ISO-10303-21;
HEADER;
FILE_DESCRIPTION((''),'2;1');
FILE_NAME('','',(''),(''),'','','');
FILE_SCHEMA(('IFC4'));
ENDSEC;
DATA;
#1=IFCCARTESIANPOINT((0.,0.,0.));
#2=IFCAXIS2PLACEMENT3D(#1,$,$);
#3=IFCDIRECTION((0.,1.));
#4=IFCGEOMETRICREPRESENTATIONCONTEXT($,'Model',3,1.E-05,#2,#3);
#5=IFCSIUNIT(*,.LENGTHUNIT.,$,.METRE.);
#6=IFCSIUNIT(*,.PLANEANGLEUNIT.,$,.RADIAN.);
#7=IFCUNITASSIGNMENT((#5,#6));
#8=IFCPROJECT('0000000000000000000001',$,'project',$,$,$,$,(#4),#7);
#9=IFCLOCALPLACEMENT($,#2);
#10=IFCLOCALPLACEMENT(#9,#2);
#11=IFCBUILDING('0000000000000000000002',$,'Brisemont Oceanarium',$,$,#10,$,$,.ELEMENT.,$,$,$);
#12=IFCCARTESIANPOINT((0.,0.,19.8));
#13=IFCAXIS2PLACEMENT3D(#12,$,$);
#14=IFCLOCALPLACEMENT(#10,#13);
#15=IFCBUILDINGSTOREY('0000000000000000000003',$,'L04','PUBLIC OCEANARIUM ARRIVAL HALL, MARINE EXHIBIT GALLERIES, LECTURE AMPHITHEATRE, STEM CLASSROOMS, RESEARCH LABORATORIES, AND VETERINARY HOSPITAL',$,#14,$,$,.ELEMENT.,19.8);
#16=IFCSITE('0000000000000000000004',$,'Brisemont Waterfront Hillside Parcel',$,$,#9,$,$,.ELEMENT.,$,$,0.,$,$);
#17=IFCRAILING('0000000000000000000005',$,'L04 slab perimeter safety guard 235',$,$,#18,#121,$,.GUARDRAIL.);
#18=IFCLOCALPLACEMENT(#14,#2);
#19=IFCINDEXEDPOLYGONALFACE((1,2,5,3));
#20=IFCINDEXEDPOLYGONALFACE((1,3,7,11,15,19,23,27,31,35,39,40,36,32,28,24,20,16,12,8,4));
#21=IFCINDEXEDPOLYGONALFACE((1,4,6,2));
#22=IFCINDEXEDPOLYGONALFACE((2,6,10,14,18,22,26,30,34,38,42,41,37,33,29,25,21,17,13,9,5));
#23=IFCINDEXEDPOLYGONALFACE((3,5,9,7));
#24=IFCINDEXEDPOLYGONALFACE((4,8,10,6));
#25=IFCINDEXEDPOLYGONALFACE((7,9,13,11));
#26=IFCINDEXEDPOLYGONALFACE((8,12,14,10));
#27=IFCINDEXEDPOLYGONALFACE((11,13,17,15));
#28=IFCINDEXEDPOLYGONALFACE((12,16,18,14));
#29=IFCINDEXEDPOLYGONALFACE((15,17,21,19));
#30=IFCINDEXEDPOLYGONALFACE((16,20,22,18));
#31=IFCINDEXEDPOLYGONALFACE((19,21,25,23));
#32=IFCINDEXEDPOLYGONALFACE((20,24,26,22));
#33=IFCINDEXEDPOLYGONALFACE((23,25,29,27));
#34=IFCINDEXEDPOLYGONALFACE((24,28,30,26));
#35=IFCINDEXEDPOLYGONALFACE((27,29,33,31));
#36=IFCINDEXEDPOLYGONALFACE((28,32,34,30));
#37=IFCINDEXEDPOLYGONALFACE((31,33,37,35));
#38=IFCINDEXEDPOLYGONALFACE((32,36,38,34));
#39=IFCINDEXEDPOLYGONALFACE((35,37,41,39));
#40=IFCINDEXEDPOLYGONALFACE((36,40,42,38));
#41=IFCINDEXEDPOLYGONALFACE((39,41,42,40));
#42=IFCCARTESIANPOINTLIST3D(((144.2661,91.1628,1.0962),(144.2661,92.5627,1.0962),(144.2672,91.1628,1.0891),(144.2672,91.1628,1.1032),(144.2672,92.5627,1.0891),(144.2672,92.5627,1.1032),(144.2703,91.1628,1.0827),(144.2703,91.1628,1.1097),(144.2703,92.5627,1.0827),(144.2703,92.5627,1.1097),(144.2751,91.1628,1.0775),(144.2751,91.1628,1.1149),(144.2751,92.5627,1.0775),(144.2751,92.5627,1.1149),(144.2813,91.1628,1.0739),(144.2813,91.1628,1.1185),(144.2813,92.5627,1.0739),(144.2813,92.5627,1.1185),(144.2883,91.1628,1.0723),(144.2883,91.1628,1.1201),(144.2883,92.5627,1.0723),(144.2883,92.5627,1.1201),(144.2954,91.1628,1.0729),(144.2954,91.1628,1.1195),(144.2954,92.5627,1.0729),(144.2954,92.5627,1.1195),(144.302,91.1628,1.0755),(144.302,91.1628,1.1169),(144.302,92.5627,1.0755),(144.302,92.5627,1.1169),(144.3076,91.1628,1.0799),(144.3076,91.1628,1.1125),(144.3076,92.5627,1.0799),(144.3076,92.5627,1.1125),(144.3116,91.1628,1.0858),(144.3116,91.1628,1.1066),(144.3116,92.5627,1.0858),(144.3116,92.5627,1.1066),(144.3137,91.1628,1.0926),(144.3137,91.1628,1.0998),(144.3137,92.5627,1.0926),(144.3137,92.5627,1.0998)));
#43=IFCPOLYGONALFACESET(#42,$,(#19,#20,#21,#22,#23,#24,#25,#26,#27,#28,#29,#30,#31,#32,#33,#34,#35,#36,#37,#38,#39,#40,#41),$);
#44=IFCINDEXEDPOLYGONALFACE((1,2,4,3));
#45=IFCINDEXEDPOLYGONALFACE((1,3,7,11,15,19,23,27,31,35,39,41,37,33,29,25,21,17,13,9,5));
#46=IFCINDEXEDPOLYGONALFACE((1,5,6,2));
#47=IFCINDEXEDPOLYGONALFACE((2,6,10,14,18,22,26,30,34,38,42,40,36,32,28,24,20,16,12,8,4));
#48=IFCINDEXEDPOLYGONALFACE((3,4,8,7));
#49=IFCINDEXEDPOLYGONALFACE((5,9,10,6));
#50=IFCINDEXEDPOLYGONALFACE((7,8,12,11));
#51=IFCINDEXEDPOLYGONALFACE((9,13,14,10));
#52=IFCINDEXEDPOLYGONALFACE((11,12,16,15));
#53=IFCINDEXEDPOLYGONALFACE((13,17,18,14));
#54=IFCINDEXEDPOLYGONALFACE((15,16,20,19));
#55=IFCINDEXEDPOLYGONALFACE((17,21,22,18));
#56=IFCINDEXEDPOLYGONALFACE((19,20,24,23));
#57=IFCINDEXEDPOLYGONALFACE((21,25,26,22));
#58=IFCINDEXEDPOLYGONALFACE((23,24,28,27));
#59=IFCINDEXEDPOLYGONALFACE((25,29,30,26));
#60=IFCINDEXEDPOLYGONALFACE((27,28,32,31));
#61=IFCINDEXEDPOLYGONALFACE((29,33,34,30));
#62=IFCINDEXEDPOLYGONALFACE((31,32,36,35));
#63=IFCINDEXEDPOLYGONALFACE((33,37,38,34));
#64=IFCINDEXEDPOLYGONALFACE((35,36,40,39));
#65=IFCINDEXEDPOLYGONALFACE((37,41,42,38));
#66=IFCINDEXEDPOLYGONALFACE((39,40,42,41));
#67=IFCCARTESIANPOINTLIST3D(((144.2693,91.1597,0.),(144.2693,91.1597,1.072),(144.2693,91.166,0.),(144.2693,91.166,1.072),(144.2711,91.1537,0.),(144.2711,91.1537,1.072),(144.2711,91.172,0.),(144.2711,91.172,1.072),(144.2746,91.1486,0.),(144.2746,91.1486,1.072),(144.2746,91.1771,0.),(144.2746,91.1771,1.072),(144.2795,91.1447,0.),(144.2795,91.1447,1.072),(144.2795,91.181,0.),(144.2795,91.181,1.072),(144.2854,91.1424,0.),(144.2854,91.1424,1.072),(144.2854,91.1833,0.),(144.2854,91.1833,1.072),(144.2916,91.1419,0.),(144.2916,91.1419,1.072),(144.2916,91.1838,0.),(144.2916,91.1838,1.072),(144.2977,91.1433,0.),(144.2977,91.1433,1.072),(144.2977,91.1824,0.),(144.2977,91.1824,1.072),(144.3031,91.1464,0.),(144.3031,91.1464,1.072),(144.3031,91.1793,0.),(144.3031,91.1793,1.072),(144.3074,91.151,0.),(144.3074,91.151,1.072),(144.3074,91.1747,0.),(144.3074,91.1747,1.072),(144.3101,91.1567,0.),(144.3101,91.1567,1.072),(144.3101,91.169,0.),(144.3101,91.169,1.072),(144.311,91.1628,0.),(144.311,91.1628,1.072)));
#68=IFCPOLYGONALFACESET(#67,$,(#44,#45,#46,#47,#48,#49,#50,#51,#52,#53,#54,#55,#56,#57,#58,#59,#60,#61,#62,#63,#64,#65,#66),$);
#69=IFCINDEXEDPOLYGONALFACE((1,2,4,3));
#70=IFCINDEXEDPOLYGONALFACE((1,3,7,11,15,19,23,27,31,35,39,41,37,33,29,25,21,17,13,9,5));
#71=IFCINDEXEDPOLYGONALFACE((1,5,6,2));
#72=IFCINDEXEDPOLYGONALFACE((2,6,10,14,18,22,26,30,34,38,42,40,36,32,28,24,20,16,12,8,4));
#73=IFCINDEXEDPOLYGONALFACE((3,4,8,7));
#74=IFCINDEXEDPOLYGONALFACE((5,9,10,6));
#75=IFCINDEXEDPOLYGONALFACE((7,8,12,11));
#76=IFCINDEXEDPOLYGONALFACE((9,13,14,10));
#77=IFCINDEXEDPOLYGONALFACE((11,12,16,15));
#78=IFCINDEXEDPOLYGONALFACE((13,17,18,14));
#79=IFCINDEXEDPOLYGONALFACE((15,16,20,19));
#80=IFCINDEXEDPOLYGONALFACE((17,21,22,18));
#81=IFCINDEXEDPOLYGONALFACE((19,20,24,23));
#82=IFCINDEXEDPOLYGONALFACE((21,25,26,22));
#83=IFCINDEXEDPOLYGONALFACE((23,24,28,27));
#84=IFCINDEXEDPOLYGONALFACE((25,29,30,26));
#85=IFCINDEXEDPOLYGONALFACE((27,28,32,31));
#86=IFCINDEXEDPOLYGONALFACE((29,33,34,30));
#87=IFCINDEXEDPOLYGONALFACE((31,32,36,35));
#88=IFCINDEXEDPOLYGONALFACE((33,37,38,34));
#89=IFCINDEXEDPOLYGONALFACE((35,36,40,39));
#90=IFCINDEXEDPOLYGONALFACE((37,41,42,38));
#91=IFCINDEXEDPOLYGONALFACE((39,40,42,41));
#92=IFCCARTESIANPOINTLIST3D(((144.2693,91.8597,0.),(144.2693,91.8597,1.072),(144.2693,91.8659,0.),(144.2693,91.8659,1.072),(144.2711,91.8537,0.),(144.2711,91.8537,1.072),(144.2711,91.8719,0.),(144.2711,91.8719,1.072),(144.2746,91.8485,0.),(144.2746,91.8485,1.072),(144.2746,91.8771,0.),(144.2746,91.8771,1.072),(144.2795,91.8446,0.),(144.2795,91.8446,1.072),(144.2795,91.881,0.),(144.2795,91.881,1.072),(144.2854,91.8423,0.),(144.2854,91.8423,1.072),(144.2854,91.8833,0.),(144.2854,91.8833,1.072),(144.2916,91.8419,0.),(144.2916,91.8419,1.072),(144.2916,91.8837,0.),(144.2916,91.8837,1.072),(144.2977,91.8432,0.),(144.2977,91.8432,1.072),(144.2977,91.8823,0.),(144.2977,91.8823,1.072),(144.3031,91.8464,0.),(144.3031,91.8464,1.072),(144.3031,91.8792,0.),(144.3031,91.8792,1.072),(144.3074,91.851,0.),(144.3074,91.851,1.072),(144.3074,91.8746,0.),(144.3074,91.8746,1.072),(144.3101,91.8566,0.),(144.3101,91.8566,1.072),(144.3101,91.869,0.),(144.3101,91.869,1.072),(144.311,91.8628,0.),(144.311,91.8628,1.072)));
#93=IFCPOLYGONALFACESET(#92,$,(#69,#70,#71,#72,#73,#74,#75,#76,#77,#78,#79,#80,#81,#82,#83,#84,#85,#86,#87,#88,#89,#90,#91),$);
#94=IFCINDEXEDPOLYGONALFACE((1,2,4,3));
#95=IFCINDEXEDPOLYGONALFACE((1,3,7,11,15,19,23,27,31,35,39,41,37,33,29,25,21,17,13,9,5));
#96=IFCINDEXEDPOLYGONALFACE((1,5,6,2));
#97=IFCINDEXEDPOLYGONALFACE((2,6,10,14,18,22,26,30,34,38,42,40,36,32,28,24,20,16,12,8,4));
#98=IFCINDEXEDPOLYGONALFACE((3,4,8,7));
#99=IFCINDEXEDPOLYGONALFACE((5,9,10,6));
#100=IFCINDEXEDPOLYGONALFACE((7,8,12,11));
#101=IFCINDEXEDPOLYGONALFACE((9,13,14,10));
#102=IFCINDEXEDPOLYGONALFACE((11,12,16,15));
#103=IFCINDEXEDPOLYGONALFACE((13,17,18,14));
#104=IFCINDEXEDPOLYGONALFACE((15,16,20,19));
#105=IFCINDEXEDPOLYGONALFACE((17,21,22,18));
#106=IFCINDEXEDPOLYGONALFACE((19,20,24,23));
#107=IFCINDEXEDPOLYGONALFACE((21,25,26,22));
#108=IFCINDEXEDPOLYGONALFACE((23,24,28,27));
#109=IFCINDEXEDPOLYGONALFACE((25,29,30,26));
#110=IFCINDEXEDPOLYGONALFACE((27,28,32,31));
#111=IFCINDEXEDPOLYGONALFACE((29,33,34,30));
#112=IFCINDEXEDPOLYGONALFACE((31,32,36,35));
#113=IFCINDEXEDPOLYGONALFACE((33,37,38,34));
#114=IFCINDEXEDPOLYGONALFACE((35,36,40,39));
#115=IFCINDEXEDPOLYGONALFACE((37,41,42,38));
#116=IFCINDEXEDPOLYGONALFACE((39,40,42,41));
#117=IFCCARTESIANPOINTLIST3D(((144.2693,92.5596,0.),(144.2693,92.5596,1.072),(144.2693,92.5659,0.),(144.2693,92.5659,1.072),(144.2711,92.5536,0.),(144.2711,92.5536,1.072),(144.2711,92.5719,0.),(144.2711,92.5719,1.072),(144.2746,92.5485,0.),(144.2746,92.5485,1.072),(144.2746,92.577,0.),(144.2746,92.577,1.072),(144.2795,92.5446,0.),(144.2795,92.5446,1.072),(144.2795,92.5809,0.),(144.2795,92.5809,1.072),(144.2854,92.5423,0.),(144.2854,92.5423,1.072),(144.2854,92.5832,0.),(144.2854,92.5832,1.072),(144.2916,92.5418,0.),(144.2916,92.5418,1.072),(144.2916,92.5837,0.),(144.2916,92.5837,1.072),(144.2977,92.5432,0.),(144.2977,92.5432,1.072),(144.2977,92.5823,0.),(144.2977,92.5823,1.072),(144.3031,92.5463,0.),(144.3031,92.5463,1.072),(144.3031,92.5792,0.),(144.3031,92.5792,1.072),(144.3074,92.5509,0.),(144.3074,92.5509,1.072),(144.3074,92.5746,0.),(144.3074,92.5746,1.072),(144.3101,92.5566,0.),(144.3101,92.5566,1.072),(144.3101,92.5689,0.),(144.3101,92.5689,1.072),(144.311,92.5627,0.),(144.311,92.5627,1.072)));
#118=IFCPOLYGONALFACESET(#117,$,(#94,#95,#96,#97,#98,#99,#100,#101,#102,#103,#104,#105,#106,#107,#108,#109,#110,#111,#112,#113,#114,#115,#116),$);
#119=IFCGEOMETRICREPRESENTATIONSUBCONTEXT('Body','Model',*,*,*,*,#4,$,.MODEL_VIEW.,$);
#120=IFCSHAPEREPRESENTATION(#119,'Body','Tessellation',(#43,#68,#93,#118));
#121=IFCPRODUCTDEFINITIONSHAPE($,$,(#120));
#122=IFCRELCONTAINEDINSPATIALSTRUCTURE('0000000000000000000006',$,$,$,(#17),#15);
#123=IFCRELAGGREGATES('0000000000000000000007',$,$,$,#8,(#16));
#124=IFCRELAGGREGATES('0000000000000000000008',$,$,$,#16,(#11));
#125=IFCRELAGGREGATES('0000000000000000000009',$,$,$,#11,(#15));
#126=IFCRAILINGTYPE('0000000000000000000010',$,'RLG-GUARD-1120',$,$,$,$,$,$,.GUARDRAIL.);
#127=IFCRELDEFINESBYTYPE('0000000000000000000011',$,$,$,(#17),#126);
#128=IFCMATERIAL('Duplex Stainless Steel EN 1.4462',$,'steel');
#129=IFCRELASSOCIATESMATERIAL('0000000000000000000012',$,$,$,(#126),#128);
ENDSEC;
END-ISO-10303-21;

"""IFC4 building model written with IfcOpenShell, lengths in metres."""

from ifc_helpers import new_model, si_unit, direction, frame, origin, origin_2d, place, context, subcontext, project, spatial, circle, extrude, material, type_object, element, save


model = new_model("IFC4")

# Units and contexts
model_context = context("Model", 3, precision=1e-05, world=origin(), true_north=direction((0.0, 1.0)))
body_context = subcontext(model_context, "Body", "Model", "MODEL_VIEW")
ifc_project = project(units=[si_unit("LENGTHUNIT", "METRE"), si_unit("PLANEANGLEUNIT", "RADIAN")], contexts=[model_context])

# Site, building, storey
site_placement = place(None, origin())
site = spatial("IfcSite", under=ifc_project, at=site_placement, Name="Brisemont Waterfront Hillside Parcel", CompositionType="ELEMENT", RefElevation=0.0)
building_placement = place(site_placement, origin())
building = spatial("IfcBuilding", under=site, at=building_placement, Name="Brisemont Oceanarium", CompositionType="ELEMENT")
storey_placement = place(building_placement, frame((0.0, 0.0, 19.8)))
storey = spatial("IfcBuildingStorey", under=building, at=storey_placement, Name="L04", Description="PUBLIC OCEANARIUM ARRIVAL HALL, MARINE EXHIBIT GALLERIES, LECTURE AMPHITHEATRE, STEM CLASSROOMS, RESEARCH LABORATORIES, AND VETERINARY HOSPITAL", CompositionType="ELEMENT", Elevation=19.8)

# Railing
ifc_material_1 = material(Name="Duplex Stainless Steel EN 1.4462", Category="steel")
railing_type_1 = type_object("IfcRailingType", Name="RLG-GUARD-1120", PredefinedType="GUARDRAIL", material=ifc_material_1)
railing_1_placement = place(storey_placement, frame((144.29, 91.1628, 0.0)))
element("IfcRailing", 1, at=railing_1_placement, inside=storey, type_object=railing_type_1, Name="L04 slab perimeter safety guard 235", PredefinedType="GUARDRAIL", context=body_context, shape_type="SweptSolid", body=[
    extrude(circle(Radius=0.0239, at=origin_2d()), frame((0.0, 0.0, 1.0962), z_axis=(0.0, 1.0, 0.0), x_axis=(-1.0, 0.0, 0.0)), (0.0, 0.0, 1.0), 1.3999),
    extrude(circle(Radius=0.021, at=origin_2d()), origin(), (0.0, 0.0, 1.0), 1.072),
    extrude(circle(Radius=0.021, at=origin_2d()), frame((0.0, 0.7, 0.0)), (0.0, 0.0, 1.0), 1.072),
    extrude(circle(Radius=0.021, at=origin_2d()), frame((0.0, 1.3999, 0.0)), (0.0, 0.0, 1.0), 1.072),
])

save(model, "model.ifc")
